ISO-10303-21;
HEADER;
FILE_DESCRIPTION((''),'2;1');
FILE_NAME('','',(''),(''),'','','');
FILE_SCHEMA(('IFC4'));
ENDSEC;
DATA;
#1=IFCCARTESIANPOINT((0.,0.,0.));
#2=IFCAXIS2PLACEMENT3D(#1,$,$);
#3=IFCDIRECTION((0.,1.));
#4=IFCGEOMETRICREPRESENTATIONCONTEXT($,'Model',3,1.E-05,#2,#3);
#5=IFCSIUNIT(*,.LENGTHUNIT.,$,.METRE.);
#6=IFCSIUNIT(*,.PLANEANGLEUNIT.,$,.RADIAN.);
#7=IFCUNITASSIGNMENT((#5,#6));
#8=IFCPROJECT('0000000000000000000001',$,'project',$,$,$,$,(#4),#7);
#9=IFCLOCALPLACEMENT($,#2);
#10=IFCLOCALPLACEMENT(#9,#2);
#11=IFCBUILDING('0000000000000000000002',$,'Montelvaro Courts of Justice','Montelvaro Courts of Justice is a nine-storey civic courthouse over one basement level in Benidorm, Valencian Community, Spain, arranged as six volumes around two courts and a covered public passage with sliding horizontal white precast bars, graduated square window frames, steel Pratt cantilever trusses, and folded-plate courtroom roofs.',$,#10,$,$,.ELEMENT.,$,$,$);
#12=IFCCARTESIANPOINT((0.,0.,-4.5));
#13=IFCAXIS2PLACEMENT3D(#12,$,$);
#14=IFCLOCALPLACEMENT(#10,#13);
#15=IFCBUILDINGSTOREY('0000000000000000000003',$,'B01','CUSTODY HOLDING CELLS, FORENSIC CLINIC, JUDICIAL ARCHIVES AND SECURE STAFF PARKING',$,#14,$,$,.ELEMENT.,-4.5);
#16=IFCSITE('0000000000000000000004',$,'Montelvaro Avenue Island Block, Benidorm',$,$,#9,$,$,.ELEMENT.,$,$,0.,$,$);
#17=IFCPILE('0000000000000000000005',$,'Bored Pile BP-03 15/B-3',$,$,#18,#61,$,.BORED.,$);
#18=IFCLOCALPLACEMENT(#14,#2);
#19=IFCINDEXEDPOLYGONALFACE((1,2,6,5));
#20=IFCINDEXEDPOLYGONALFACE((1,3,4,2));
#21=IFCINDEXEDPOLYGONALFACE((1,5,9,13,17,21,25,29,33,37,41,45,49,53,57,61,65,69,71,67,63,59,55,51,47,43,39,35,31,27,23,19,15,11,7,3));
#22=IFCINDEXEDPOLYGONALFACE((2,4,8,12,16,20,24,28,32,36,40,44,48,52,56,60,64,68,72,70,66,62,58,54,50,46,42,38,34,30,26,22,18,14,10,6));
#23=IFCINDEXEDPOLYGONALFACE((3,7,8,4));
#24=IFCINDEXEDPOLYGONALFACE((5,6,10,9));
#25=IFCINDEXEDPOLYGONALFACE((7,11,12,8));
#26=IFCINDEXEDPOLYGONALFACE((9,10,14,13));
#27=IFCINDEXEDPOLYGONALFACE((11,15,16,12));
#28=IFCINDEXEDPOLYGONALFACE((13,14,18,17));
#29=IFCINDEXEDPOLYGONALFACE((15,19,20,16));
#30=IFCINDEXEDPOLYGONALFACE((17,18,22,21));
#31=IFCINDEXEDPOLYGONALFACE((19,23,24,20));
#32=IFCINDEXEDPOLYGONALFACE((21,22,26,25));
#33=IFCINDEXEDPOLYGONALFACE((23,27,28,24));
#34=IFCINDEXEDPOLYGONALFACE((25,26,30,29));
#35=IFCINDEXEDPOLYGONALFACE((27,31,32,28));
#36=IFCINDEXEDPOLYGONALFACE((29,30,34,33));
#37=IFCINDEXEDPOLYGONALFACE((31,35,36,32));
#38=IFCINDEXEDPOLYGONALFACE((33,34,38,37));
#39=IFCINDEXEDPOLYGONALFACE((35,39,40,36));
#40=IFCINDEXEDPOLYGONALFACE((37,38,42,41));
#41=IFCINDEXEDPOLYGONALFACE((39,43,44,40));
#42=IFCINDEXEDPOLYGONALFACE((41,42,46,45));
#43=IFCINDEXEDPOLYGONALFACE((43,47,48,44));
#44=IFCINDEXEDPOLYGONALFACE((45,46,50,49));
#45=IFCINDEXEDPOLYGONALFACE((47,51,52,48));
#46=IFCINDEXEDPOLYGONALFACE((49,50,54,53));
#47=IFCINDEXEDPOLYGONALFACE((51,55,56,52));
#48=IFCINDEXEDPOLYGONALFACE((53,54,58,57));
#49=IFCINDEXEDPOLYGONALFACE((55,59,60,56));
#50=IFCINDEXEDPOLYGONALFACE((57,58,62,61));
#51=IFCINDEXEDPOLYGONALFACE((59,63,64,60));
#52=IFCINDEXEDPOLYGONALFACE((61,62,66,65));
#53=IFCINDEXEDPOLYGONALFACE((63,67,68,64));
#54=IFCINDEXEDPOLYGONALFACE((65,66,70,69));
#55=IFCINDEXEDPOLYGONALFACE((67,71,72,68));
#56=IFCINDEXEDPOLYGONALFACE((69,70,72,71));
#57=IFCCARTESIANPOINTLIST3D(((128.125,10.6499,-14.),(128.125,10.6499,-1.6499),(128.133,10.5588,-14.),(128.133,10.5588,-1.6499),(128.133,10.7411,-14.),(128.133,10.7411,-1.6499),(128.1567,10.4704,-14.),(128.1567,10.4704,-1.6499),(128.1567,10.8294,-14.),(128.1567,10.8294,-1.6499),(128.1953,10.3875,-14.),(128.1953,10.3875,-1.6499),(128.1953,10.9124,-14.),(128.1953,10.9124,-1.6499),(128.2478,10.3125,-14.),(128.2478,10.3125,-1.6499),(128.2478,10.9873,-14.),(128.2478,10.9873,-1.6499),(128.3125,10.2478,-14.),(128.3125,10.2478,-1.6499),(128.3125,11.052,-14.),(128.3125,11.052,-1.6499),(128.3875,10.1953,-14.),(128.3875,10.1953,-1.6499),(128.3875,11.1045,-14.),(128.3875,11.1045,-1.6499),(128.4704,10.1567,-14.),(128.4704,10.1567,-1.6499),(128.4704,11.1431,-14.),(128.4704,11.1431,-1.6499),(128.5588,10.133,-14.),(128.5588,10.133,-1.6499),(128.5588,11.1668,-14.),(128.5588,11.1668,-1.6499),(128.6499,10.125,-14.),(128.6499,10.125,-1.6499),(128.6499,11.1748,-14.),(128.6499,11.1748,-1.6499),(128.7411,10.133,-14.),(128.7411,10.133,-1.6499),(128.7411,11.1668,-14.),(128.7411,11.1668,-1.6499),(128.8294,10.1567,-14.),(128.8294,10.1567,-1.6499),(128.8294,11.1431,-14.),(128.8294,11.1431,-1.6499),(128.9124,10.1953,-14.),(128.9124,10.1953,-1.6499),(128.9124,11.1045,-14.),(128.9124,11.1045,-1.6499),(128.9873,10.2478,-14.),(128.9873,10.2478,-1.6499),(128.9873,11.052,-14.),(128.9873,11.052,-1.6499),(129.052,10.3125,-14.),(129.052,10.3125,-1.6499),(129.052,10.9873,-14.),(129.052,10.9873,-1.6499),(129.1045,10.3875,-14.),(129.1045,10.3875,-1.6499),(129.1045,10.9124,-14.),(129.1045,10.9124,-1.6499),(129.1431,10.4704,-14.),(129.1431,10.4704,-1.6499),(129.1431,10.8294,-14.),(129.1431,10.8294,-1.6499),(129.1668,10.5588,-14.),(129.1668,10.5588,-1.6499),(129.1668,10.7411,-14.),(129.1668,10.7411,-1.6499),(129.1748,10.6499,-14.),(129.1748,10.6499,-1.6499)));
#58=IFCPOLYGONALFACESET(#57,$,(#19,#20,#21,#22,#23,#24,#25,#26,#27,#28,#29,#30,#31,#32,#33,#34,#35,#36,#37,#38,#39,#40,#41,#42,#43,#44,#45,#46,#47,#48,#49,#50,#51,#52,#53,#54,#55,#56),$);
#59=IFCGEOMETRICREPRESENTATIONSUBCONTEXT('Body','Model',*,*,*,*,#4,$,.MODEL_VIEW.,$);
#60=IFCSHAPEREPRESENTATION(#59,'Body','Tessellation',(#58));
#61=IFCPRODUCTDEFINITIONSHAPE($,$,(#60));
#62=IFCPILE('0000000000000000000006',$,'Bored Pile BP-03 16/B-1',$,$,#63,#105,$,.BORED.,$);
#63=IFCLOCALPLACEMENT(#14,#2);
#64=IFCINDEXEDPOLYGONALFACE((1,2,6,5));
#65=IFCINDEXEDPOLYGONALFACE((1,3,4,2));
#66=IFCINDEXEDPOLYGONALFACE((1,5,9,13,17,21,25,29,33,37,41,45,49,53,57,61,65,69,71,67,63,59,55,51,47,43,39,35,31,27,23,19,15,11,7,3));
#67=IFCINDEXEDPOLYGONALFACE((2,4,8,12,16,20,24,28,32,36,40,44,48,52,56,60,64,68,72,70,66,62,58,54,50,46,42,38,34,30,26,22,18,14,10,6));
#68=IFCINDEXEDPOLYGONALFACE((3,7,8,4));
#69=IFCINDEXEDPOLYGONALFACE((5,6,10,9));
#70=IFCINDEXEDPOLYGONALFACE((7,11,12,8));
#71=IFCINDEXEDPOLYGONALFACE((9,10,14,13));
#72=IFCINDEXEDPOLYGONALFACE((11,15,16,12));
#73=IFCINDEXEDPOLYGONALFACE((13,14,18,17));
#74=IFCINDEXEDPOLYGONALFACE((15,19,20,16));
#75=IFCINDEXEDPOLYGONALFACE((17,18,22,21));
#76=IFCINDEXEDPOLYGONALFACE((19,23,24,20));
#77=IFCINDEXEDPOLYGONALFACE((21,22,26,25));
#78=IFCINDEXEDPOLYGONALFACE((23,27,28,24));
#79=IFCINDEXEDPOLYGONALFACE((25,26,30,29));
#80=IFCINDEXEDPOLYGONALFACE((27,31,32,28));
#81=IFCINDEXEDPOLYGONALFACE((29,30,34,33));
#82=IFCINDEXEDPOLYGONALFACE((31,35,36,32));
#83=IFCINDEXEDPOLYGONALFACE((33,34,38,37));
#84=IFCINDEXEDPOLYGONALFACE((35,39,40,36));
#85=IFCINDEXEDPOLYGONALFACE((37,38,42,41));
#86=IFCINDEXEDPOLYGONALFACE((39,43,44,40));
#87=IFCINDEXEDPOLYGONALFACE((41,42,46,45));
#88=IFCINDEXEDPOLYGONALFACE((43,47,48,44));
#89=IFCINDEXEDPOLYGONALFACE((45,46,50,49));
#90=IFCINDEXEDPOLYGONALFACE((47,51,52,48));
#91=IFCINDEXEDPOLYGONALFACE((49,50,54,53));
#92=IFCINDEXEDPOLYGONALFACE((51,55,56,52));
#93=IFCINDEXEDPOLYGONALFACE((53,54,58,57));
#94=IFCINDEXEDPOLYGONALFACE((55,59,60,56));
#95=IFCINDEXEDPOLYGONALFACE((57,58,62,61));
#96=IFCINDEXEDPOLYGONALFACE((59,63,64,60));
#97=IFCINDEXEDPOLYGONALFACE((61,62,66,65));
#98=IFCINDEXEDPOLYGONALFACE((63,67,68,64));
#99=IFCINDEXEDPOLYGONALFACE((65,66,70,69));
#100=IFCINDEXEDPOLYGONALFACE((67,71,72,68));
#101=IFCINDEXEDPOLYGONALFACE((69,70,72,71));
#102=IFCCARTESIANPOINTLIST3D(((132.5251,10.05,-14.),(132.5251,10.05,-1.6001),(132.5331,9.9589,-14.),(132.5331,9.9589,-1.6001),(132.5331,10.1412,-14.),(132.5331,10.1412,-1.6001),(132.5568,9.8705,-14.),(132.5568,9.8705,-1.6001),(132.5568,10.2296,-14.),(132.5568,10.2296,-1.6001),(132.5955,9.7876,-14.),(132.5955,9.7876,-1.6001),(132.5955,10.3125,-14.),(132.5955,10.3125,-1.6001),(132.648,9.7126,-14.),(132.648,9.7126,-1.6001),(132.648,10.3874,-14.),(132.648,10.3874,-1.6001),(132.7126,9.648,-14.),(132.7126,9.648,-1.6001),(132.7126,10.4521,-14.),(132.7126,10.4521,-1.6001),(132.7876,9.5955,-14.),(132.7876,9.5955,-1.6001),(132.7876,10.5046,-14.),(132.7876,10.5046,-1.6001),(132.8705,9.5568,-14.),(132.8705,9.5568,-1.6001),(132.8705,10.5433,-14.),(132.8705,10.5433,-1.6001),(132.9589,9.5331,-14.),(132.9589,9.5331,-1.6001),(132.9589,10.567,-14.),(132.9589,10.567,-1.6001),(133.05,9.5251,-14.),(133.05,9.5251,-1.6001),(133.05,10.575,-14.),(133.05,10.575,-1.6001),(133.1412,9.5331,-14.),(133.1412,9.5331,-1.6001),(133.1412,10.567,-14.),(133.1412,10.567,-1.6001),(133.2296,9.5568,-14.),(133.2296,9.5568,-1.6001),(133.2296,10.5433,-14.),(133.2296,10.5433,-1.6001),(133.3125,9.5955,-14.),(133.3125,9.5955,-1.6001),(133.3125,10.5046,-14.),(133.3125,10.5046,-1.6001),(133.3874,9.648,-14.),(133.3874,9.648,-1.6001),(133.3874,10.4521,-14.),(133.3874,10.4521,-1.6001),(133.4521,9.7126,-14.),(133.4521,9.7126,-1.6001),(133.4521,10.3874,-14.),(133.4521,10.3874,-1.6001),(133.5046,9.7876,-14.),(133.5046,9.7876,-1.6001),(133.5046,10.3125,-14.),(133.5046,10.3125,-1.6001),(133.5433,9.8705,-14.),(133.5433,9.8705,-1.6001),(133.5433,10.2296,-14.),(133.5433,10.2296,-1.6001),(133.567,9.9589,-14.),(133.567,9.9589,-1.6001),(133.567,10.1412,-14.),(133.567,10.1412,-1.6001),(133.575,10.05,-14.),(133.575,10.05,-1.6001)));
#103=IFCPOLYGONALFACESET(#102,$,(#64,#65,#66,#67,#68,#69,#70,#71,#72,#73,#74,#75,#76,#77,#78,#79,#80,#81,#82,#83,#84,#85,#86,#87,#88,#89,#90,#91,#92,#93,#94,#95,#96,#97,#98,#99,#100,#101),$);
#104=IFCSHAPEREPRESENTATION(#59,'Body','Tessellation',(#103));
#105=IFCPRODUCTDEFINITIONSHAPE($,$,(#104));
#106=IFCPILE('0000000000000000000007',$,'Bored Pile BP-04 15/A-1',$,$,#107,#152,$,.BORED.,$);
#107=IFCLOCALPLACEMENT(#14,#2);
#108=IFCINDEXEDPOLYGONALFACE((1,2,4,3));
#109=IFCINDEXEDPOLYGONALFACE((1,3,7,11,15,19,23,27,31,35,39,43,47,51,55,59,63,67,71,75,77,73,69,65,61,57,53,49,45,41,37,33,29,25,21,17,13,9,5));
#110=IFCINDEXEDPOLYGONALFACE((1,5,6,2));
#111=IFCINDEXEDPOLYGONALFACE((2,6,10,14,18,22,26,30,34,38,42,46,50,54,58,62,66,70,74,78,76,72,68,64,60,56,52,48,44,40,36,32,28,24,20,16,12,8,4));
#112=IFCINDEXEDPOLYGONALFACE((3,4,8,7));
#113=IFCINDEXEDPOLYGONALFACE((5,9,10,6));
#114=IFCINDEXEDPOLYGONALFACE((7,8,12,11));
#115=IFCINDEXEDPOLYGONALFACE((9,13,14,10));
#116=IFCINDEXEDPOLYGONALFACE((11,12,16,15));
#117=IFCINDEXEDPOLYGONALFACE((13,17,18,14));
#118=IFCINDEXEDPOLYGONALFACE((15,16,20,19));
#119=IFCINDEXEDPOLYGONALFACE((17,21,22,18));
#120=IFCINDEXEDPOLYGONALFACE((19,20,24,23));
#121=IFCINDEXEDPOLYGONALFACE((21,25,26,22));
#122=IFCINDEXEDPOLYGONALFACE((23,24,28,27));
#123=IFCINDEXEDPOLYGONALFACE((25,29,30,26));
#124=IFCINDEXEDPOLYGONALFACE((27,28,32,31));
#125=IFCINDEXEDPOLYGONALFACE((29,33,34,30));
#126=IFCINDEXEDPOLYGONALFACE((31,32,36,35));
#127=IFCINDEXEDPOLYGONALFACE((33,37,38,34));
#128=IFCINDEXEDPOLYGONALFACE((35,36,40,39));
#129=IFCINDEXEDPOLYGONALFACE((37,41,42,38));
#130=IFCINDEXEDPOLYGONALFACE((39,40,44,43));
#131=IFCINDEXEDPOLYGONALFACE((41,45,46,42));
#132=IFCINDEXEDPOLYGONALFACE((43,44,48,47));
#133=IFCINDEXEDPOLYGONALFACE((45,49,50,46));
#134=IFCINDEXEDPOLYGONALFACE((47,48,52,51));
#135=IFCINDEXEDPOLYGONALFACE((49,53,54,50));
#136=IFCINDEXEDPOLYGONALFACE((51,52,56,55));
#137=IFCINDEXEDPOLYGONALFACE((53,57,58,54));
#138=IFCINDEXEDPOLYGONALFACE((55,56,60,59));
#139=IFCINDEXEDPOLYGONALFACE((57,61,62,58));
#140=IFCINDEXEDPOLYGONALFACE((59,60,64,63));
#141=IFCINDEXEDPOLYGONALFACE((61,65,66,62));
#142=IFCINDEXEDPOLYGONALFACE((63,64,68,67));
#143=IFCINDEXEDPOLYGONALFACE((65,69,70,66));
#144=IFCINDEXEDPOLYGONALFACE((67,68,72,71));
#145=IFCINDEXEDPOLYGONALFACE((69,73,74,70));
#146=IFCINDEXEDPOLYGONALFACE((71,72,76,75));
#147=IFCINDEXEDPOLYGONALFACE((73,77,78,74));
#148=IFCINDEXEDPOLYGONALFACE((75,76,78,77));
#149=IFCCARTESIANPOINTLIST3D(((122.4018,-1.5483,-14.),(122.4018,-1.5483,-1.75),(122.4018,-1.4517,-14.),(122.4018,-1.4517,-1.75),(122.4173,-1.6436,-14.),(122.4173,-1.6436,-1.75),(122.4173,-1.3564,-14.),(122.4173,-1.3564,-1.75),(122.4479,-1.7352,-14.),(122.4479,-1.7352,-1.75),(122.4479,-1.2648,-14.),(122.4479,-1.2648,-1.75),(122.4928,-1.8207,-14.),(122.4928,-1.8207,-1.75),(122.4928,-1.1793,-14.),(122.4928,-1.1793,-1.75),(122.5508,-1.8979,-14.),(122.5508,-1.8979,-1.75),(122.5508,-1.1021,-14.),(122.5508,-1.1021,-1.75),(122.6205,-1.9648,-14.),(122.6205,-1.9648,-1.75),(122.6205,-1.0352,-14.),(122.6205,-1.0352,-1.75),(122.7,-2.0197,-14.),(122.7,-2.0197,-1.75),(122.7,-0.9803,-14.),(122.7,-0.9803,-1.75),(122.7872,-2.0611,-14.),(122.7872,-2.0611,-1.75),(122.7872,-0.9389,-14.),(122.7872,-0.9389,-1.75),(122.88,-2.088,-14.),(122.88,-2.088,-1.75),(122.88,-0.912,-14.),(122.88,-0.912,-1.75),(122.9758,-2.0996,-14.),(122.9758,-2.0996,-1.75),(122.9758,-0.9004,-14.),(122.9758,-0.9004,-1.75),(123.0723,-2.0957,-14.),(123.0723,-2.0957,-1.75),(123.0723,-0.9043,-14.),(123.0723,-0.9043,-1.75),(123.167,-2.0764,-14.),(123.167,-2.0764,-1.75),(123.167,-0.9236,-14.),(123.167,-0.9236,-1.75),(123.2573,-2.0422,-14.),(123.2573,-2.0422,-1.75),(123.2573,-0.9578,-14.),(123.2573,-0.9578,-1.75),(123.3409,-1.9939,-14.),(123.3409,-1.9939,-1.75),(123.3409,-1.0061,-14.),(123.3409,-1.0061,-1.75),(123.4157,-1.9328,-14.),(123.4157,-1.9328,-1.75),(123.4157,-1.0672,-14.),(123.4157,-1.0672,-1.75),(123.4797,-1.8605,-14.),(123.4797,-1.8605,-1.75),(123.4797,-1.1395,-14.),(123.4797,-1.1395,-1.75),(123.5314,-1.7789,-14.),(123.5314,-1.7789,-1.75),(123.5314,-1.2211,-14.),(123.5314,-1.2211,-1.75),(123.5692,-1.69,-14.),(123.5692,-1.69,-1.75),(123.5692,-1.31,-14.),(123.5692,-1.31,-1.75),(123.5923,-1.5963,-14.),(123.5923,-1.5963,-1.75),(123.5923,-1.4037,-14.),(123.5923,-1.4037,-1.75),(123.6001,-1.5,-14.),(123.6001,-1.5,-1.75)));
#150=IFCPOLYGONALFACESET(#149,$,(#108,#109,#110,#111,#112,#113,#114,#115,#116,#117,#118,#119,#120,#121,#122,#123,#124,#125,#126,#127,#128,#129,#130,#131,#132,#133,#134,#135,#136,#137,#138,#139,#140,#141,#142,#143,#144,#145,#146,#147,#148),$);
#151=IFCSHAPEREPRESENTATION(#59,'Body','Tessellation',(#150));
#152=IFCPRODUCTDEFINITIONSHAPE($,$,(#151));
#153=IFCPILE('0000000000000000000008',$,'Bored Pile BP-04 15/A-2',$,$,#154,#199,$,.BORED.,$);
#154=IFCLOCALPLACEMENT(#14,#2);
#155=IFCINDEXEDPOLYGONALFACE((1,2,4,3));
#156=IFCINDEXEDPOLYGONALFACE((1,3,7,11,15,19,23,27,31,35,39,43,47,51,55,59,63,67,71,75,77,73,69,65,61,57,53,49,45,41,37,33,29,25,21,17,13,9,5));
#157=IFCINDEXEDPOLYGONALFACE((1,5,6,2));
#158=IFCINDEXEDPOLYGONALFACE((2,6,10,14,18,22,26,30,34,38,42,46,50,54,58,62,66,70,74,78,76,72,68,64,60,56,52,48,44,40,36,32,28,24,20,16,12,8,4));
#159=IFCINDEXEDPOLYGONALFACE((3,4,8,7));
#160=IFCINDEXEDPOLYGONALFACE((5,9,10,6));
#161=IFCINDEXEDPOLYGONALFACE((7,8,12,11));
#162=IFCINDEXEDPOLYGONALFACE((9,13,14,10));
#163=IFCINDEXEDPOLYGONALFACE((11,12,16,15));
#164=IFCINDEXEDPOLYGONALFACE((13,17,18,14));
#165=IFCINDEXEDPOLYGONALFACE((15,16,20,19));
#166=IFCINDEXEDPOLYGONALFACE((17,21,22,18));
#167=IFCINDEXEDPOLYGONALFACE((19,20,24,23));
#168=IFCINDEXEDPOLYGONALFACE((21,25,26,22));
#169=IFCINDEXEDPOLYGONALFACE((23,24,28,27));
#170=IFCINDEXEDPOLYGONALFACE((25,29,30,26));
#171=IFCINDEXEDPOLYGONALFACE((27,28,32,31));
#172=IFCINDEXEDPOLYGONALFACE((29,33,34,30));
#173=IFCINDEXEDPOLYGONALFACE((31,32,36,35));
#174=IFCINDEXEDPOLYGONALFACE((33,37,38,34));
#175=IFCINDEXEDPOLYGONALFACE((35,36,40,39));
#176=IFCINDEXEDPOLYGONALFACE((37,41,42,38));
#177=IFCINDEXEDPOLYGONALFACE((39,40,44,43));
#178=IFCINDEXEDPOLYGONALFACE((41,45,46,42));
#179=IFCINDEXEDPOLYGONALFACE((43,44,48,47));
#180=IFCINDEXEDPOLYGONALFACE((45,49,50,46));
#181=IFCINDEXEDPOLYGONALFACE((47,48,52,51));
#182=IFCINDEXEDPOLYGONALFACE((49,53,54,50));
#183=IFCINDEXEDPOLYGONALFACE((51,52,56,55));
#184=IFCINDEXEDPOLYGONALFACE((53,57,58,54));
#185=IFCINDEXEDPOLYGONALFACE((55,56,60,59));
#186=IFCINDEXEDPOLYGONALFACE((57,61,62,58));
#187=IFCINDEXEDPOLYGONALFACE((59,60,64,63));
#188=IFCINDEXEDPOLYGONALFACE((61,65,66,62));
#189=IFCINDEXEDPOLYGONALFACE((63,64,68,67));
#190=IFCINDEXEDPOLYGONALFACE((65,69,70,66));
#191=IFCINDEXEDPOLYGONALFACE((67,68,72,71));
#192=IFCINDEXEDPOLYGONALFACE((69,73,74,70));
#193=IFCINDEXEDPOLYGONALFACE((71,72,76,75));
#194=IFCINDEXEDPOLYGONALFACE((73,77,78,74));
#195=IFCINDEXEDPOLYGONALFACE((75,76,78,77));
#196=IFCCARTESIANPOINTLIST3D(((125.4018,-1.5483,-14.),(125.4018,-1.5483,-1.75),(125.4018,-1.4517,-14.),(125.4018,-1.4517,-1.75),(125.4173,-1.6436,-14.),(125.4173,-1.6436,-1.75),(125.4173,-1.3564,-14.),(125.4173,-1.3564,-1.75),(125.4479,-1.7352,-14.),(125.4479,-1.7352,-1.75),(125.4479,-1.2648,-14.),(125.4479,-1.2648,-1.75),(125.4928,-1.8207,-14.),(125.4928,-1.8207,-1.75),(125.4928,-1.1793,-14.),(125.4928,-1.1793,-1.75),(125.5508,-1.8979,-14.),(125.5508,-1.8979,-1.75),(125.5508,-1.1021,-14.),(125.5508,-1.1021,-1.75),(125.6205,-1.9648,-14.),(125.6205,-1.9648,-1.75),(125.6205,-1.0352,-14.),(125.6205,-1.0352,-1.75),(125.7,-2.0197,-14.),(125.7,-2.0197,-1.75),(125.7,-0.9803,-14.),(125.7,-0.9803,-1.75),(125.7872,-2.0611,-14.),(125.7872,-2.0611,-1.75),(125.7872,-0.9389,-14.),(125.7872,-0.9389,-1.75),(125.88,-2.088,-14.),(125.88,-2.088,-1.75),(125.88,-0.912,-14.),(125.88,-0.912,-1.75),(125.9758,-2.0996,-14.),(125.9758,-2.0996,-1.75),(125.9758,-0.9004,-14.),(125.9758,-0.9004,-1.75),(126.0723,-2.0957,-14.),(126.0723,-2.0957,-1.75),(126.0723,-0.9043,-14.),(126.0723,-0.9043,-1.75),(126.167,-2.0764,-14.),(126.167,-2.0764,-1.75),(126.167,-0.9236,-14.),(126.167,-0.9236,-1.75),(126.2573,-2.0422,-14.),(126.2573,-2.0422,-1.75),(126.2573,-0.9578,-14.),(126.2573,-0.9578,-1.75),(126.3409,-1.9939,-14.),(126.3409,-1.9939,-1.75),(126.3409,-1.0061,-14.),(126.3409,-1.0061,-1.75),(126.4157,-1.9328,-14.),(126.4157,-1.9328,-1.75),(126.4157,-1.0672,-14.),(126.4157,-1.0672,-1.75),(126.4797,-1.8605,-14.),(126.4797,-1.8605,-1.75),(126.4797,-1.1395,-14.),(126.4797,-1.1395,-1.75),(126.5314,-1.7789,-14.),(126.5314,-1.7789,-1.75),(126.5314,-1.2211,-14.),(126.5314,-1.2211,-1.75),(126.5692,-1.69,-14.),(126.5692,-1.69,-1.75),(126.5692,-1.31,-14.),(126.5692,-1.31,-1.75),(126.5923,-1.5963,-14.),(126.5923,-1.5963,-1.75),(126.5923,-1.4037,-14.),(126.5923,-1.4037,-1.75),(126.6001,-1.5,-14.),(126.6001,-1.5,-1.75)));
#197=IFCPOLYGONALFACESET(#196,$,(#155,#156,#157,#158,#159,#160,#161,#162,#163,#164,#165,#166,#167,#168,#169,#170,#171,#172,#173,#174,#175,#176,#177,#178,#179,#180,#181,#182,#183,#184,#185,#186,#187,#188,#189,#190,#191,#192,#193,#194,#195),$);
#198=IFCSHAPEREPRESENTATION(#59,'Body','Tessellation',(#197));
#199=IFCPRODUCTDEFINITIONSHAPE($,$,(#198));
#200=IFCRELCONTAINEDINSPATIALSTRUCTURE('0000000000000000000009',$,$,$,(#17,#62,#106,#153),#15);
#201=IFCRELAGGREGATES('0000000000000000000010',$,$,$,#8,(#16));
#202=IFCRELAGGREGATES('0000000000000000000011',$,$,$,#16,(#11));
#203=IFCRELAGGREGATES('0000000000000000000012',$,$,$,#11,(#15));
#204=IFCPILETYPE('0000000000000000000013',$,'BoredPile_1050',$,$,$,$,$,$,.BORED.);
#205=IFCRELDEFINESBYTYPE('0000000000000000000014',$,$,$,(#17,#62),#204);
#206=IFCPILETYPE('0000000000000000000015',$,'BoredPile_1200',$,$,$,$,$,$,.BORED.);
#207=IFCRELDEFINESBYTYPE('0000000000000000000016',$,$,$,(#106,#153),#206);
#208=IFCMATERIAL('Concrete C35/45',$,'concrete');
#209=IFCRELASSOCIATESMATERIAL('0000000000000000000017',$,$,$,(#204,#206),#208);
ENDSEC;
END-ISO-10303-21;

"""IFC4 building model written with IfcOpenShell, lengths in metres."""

from ifc_helpers import new_model, si_unit, direction, frame, origin, origin_2d, place, context, subcontext, project, spatial, circle, extrude, material, material_profile, profile_set, type_object, element, save


model = new_model("IFC4")

# Units and contexts
model_context = context("Model", 3, precision=1e-05, world=origin(), true_north=direction((0.0, 1.0)))
body_context = subcontext(model_context, "Body", "Model", "MODEL_VIEW")
ifc_project = project(units=[si_unit("LENGTHUNIT", "METRE"), si_unit("PLANEANGLEUNIT", "RADIAN")], contexts=[model_context])

# Site, building, storey
site_placement = place(None, origin())
site = spatial("IfcSite", under=ifc_project, at=site_placement, Name="Montelvaro Avenue Island Block, Benidorm", CompositionType="ELEMENT", RefElevation=0.0)
building_placement = place(site_placement, origin())
building = spatial("IfcBuilding", under=site, at=building_placement, Name="Montelvaro Courts of Justice", Description="Montelvaro Courts of Justice is a nine-storey civic courthouse over one basement level in Benidorm, Valencian Community, Spain, arranged as six volumes around two courts and a covered public passage with sliding horizontal white precast bars, graduated square window frames, steel Pratt cantilever trusses, and folded-plate courtroom roofs.", CompositionType="ELEMENT")
storey_placement = place(building_placement, frame((0.0, 0.0, -4.5)))
storey = spatial("IfcBuildingStorey", under=building, at=storey_placement, Name="B01", Description="CUSTODY HOLDING CELLS, FORENSIC CLINIC, JUDICIAL ARCHIVES AND SECURE STAFF PARKING", CompositionType="ELEMENT", Elevation=-4.5)

# Piles
ifc_material_1 = material(Name="Concrete C35/45", Category="concrete")
ifc_material_profile_1 = material_profile(ifc_material_1, circle(Radius=0.5249, at=origin_2d()), Name="BORED PILE D1050")
ifc_profile_set_1 = profile_set([ifc_material_profile_1], Name="Concrete C35/45")
pile_type_1 = type_object("IfcPileType", Name="BoredPile_1050", PredefinedType="BORED", material=ifc_profile_set_1)
for number, where, z_axis, x_axis, name in (
    (1, (128.6499, 10.6499, -1.6499), (0.0, 0.0, -1.0), (1.0, 0.0, 0.0), "Bored Pile BP-03 15/B-3"),
):
    element("IfcPile", number, at=place(storey_placement, frame(where, z_axis=z_axis, x_axis=x_axis)), inside=storey, type_object=pile_type_1, Name=name, PredefinedType="BORED", context=body_context, shape_type="SweptSolid", body=[
        extrude(circle(Radius=0.5249, at=origin_2d()), origin(), (0.0, 0.0, 1.0), 12.3501),
    ])
pile_1_placement = place(storey_placement, frame((133.05, 10.05, -1.6001), z_axis=(0.0, 0.0, -1.0), x_axis=(1.0, 0.0, 0.0)))
element("IfcPile", 2, at=pile_1_placement, inside=storey, type_object=pile_type_1, Name="Bored Pile BP-03 16/B-1", PredefinedType="BORED", context=body_context, shape_type="SweptSolid", body=[
    extrude(circle(Radius=0.5249, at=origin_2d()), origin(), (0.0, 0.0, 1.0), 12.3999),
])
ifc_material_profile_2 = material_profile(ifc_material_1, circle(Radius=0.6001, at=origin_2d()), Name="BORED PILE D1200")
ifc_profile_set_2 = profile_set([ifc_material_profile_2], Name="Concrete C35/45")
pile_type_2 = type_object("IfcPileType", Name="BoredPile_1200", PredefinedType="BORED", material=ifc_profile_set_2)
for number, where, z_axis, x_axis, name in (
    (3, (123.0, -1.5, -1.75), (0.0, 0.0, -1.0), (1.0, 0.0, 0.0), "Bored Pile BP-04 15/A-1"),
    (4, (126.0, -1.5, -1.75), (0.0, 0.0, -1.0), (1.0, 0.0, 0.0), "Bored Pile BP-04 15/A-2"),
):
    element("IfcPile", number, at=place(storey_placement, frame(where, z_axis=z_axis, x_axis=x_axis)), inside=storey, type_object=pile_type_2, Name=name, PredefinedType="BORED", context=body_context, shape_type="SweptSolid", body=[
        extrude(circle(Radius=0.6001, at=origin_2d()), origin(), (0.0, 0.0, 1.0), 12.25),
    ])

save(model, "model.ifc")
